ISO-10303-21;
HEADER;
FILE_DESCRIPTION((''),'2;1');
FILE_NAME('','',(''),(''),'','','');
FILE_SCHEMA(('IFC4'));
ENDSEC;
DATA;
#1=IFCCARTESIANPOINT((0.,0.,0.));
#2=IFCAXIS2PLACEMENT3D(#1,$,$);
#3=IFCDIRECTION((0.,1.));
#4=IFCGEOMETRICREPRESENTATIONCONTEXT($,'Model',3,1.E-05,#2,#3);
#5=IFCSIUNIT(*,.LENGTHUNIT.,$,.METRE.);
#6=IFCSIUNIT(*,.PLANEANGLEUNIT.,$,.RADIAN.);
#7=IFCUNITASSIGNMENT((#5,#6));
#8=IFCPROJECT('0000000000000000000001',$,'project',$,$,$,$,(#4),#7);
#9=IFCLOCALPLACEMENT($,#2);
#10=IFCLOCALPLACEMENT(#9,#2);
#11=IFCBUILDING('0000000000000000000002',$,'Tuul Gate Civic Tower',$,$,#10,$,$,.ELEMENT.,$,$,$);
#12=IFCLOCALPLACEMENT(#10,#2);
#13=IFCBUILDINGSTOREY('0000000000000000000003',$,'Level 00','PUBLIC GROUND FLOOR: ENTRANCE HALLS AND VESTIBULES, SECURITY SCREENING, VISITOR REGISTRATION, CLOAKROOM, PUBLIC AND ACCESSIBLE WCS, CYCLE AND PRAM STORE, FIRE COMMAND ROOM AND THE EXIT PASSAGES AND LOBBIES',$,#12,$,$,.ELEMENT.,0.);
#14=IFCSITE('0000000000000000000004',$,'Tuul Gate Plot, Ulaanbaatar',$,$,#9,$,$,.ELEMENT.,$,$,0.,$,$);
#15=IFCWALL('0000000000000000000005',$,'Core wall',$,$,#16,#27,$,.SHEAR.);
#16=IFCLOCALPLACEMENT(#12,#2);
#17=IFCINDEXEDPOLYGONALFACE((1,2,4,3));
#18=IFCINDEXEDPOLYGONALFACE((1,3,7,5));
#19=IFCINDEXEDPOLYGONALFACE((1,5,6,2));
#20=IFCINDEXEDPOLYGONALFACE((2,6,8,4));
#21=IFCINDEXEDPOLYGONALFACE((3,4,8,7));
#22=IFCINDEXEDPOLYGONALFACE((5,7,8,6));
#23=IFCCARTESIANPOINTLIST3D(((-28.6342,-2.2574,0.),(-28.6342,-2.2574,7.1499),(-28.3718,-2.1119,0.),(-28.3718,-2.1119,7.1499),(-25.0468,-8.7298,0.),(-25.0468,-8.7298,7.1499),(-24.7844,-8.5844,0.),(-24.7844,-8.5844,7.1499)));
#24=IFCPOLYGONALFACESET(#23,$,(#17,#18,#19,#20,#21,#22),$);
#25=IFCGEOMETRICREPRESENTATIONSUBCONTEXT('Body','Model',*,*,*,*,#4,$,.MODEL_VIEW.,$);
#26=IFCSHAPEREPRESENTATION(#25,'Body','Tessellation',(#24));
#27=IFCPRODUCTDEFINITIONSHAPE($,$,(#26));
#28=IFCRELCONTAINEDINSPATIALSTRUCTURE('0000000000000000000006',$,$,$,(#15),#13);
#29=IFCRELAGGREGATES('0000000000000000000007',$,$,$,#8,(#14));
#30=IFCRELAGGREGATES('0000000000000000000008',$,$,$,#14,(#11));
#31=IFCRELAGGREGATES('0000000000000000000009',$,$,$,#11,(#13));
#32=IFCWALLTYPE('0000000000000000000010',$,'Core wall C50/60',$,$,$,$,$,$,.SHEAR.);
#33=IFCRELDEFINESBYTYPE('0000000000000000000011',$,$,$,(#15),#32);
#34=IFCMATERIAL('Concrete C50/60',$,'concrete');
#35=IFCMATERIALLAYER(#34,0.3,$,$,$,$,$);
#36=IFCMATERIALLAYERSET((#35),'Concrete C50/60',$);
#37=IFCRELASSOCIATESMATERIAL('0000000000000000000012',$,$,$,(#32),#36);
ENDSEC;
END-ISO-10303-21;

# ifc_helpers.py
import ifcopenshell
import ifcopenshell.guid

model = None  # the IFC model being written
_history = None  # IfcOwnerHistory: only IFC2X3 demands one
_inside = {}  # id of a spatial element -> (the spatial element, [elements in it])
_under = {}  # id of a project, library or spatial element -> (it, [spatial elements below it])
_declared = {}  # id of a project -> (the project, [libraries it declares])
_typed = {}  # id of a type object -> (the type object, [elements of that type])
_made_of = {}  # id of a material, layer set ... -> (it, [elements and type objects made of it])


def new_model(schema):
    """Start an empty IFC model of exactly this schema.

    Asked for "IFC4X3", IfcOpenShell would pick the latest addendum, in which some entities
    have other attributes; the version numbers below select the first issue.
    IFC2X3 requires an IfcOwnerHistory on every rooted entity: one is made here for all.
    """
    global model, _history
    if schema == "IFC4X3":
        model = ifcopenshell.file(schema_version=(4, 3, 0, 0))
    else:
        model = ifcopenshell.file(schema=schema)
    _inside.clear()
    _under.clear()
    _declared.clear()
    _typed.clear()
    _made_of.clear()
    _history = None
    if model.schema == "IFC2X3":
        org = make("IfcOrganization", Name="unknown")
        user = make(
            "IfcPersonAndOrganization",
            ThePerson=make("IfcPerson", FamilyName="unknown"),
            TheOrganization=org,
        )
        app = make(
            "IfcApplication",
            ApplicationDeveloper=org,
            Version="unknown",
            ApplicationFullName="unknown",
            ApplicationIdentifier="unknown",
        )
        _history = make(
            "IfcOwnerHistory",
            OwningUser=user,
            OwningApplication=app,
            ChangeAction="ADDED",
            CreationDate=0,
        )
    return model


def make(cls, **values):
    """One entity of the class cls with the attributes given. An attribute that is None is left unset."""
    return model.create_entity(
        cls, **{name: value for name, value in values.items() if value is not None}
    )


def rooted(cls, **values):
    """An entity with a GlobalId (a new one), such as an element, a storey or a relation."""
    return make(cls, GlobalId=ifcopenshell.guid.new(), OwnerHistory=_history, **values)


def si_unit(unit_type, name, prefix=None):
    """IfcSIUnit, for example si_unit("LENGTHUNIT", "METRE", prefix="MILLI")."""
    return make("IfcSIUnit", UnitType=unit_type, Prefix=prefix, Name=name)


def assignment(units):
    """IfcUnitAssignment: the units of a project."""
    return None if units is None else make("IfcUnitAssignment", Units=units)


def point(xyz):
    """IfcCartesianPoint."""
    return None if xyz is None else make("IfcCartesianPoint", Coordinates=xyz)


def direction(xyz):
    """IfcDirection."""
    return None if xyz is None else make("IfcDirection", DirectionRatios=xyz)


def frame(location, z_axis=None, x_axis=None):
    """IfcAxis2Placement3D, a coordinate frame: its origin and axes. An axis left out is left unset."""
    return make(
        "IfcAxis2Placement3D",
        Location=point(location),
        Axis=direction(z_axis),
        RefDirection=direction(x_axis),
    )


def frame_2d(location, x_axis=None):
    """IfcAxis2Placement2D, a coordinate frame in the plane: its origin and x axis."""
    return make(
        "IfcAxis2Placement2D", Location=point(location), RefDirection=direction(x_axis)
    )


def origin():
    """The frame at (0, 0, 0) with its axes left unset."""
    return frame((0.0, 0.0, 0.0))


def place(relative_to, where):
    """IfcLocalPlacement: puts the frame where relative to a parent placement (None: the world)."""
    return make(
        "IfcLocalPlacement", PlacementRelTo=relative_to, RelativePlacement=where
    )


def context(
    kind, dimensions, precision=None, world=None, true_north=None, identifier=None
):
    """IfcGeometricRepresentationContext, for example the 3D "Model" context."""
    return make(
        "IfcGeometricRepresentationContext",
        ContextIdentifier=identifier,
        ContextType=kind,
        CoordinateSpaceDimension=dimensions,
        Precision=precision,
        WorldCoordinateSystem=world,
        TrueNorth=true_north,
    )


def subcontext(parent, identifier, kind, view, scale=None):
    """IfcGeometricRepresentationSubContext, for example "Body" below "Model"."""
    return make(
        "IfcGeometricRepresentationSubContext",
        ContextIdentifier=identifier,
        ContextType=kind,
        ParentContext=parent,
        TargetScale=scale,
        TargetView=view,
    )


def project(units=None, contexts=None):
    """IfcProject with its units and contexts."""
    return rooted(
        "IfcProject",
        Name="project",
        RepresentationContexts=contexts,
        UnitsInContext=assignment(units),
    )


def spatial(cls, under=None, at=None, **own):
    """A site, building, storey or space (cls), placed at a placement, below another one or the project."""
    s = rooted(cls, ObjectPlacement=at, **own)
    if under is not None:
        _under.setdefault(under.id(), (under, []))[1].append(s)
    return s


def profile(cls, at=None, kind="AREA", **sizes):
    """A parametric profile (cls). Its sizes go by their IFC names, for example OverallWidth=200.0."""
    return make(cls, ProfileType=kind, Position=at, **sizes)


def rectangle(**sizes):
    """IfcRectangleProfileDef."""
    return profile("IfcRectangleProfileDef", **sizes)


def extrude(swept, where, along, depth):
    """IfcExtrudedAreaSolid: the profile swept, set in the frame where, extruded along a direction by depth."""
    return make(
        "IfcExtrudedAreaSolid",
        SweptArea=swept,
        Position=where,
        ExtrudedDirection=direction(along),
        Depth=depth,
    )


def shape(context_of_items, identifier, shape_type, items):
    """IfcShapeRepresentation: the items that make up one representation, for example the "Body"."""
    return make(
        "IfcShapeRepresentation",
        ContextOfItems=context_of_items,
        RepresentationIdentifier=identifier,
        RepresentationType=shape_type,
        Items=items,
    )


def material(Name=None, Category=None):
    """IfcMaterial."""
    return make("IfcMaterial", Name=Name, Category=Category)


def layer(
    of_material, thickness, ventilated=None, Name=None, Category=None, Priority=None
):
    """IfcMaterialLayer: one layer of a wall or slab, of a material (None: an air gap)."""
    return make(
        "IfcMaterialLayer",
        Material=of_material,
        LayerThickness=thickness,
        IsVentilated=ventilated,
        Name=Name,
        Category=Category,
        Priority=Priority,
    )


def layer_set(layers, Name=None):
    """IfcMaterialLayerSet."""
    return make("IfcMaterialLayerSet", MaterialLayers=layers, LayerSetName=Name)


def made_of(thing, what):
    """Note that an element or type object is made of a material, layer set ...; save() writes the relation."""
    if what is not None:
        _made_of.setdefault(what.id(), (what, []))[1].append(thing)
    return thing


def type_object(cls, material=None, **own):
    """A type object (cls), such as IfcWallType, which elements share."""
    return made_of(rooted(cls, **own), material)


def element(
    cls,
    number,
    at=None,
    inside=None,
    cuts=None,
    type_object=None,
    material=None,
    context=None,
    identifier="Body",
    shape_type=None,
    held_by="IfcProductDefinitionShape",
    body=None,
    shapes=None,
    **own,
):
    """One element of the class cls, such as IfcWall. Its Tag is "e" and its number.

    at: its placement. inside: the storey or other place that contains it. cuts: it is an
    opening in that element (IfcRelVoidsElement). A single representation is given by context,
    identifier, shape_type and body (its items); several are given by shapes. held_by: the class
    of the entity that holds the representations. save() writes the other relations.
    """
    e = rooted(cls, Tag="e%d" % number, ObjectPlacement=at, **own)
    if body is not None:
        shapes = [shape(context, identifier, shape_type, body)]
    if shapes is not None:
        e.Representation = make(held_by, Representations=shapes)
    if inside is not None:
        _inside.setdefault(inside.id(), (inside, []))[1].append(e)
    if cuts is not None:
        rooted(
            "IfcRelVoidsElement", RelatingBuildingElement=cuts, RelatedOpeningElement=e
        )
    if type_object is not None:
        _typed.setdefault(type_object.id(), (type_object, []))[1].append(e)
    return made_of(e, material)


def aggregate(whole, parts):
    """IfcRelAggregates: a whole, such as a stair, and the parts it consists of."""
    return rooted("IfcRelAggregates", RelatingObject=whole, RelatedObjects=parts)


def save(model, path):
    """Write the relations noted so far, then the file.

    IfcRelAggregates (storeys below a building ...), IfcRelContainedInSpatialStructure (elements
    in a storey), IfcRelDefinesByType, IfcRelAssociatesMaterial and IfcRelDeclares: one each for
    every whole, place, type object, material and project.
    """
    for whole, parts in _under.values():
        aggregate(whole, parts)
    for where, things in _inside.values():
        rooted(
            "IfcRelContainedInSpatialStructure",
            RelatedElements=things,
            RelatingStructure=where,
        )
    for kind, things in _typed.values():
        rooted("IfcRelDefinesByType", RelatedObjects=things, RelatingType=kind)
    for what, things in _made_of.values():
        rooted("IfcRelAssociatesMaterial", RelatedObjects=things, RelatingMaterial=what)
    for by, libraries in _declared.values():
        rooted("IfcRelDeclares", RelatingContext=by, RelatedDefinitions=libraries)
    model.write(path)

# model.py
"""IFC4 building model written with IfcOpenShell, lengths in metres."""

from ifc_helpers import new_model, si_unit, direction, frame, frame_2d, origin, place, context, subcontext, project, spatial, rectangle, extrude, material, layer, layer_set, type_object, element, save


model = new_model("IFC4")

# Units and contexts
model_context = context("Model", 3, precision=1e-05, world=origin(), true_north=direction((0.0, 1.0)))
body_context = subcontext(model_context, "Body", "Model", "MODEL_VIEW")
ifc_project = project(units=[si_unit("LENGTHUNIT", "METRE"), si_unit("PLANEANGLEUNIT", "RADIAN")], contexts=[model_context])

# Site, building, storey
site_placement = place(None, origin())
site = spatial("IfcSite", under=ifc_project, at=site_placement, Name="Tuul Gate Plot, Ulaanbaatar", CompositionType="ELEMENT", RefElevation=0.0)
building_placement = place(site_placement, origin())
building = spatial("IfcBuilding", under=site, at=building_placement, Name="Tuul Gate Civic Tower", CompositionType="ELEMENT")
storey_placement = place(building_placement, origin())
storey = spatial("IfcBuildingStorey", under=building, at=storey_placement, Name="Level 00", Description="PUBLIC GROUND FLOOR: ENTRANCE HALLS AND VESTIBULES, SECURITY SCREENING, VISITOR REGISTRATION, CLOAKROOM, PUBLIC AND ACCESSIBLE WCS, CYCLE AND PRAM STORE, FIRE COMMAND ROOM AND THE EXIT PASSAGES AND LOBBIES", CompositionType="ELEMENT", Elevation=0.0)

# Wall
ifc_material_1 = material(Name="Concrete C50/60", Category="concrete")
ifc_layer_1 = layer(ifc_material_1, 0.3)
ifc_layer_set_1 = layer_set([ifc_layer_1], Name="Concrete C50/60")
wall_type = type_object("IfcWallType", Name="Core wall C50/60", PredefinedType="SHEAR", material=ifc_layer_set_1)
wall_1_placement = place(storey_placement, frame((-24.9155, -8.6572, 0.0), z_axis=(0.0, 0.0, 1.0), x_axis=(-0.484777, 0.874638, 0.0)))
element("IfcWall", 1, at=wall_1_placement, inside=storey, type_object=wall_type, Name="Core wall", PredefinedType="SHEAR", context=body_context, shape_type="SweptSolid", body=[
    extrude(rectangle(XDim=7.4001, YDim=0.3, at=frame_2d((3.7002, 0.0))), origin(), (0.0, 0.0, 1.0), 7.1499),
])

save(model, "model.ifc")
